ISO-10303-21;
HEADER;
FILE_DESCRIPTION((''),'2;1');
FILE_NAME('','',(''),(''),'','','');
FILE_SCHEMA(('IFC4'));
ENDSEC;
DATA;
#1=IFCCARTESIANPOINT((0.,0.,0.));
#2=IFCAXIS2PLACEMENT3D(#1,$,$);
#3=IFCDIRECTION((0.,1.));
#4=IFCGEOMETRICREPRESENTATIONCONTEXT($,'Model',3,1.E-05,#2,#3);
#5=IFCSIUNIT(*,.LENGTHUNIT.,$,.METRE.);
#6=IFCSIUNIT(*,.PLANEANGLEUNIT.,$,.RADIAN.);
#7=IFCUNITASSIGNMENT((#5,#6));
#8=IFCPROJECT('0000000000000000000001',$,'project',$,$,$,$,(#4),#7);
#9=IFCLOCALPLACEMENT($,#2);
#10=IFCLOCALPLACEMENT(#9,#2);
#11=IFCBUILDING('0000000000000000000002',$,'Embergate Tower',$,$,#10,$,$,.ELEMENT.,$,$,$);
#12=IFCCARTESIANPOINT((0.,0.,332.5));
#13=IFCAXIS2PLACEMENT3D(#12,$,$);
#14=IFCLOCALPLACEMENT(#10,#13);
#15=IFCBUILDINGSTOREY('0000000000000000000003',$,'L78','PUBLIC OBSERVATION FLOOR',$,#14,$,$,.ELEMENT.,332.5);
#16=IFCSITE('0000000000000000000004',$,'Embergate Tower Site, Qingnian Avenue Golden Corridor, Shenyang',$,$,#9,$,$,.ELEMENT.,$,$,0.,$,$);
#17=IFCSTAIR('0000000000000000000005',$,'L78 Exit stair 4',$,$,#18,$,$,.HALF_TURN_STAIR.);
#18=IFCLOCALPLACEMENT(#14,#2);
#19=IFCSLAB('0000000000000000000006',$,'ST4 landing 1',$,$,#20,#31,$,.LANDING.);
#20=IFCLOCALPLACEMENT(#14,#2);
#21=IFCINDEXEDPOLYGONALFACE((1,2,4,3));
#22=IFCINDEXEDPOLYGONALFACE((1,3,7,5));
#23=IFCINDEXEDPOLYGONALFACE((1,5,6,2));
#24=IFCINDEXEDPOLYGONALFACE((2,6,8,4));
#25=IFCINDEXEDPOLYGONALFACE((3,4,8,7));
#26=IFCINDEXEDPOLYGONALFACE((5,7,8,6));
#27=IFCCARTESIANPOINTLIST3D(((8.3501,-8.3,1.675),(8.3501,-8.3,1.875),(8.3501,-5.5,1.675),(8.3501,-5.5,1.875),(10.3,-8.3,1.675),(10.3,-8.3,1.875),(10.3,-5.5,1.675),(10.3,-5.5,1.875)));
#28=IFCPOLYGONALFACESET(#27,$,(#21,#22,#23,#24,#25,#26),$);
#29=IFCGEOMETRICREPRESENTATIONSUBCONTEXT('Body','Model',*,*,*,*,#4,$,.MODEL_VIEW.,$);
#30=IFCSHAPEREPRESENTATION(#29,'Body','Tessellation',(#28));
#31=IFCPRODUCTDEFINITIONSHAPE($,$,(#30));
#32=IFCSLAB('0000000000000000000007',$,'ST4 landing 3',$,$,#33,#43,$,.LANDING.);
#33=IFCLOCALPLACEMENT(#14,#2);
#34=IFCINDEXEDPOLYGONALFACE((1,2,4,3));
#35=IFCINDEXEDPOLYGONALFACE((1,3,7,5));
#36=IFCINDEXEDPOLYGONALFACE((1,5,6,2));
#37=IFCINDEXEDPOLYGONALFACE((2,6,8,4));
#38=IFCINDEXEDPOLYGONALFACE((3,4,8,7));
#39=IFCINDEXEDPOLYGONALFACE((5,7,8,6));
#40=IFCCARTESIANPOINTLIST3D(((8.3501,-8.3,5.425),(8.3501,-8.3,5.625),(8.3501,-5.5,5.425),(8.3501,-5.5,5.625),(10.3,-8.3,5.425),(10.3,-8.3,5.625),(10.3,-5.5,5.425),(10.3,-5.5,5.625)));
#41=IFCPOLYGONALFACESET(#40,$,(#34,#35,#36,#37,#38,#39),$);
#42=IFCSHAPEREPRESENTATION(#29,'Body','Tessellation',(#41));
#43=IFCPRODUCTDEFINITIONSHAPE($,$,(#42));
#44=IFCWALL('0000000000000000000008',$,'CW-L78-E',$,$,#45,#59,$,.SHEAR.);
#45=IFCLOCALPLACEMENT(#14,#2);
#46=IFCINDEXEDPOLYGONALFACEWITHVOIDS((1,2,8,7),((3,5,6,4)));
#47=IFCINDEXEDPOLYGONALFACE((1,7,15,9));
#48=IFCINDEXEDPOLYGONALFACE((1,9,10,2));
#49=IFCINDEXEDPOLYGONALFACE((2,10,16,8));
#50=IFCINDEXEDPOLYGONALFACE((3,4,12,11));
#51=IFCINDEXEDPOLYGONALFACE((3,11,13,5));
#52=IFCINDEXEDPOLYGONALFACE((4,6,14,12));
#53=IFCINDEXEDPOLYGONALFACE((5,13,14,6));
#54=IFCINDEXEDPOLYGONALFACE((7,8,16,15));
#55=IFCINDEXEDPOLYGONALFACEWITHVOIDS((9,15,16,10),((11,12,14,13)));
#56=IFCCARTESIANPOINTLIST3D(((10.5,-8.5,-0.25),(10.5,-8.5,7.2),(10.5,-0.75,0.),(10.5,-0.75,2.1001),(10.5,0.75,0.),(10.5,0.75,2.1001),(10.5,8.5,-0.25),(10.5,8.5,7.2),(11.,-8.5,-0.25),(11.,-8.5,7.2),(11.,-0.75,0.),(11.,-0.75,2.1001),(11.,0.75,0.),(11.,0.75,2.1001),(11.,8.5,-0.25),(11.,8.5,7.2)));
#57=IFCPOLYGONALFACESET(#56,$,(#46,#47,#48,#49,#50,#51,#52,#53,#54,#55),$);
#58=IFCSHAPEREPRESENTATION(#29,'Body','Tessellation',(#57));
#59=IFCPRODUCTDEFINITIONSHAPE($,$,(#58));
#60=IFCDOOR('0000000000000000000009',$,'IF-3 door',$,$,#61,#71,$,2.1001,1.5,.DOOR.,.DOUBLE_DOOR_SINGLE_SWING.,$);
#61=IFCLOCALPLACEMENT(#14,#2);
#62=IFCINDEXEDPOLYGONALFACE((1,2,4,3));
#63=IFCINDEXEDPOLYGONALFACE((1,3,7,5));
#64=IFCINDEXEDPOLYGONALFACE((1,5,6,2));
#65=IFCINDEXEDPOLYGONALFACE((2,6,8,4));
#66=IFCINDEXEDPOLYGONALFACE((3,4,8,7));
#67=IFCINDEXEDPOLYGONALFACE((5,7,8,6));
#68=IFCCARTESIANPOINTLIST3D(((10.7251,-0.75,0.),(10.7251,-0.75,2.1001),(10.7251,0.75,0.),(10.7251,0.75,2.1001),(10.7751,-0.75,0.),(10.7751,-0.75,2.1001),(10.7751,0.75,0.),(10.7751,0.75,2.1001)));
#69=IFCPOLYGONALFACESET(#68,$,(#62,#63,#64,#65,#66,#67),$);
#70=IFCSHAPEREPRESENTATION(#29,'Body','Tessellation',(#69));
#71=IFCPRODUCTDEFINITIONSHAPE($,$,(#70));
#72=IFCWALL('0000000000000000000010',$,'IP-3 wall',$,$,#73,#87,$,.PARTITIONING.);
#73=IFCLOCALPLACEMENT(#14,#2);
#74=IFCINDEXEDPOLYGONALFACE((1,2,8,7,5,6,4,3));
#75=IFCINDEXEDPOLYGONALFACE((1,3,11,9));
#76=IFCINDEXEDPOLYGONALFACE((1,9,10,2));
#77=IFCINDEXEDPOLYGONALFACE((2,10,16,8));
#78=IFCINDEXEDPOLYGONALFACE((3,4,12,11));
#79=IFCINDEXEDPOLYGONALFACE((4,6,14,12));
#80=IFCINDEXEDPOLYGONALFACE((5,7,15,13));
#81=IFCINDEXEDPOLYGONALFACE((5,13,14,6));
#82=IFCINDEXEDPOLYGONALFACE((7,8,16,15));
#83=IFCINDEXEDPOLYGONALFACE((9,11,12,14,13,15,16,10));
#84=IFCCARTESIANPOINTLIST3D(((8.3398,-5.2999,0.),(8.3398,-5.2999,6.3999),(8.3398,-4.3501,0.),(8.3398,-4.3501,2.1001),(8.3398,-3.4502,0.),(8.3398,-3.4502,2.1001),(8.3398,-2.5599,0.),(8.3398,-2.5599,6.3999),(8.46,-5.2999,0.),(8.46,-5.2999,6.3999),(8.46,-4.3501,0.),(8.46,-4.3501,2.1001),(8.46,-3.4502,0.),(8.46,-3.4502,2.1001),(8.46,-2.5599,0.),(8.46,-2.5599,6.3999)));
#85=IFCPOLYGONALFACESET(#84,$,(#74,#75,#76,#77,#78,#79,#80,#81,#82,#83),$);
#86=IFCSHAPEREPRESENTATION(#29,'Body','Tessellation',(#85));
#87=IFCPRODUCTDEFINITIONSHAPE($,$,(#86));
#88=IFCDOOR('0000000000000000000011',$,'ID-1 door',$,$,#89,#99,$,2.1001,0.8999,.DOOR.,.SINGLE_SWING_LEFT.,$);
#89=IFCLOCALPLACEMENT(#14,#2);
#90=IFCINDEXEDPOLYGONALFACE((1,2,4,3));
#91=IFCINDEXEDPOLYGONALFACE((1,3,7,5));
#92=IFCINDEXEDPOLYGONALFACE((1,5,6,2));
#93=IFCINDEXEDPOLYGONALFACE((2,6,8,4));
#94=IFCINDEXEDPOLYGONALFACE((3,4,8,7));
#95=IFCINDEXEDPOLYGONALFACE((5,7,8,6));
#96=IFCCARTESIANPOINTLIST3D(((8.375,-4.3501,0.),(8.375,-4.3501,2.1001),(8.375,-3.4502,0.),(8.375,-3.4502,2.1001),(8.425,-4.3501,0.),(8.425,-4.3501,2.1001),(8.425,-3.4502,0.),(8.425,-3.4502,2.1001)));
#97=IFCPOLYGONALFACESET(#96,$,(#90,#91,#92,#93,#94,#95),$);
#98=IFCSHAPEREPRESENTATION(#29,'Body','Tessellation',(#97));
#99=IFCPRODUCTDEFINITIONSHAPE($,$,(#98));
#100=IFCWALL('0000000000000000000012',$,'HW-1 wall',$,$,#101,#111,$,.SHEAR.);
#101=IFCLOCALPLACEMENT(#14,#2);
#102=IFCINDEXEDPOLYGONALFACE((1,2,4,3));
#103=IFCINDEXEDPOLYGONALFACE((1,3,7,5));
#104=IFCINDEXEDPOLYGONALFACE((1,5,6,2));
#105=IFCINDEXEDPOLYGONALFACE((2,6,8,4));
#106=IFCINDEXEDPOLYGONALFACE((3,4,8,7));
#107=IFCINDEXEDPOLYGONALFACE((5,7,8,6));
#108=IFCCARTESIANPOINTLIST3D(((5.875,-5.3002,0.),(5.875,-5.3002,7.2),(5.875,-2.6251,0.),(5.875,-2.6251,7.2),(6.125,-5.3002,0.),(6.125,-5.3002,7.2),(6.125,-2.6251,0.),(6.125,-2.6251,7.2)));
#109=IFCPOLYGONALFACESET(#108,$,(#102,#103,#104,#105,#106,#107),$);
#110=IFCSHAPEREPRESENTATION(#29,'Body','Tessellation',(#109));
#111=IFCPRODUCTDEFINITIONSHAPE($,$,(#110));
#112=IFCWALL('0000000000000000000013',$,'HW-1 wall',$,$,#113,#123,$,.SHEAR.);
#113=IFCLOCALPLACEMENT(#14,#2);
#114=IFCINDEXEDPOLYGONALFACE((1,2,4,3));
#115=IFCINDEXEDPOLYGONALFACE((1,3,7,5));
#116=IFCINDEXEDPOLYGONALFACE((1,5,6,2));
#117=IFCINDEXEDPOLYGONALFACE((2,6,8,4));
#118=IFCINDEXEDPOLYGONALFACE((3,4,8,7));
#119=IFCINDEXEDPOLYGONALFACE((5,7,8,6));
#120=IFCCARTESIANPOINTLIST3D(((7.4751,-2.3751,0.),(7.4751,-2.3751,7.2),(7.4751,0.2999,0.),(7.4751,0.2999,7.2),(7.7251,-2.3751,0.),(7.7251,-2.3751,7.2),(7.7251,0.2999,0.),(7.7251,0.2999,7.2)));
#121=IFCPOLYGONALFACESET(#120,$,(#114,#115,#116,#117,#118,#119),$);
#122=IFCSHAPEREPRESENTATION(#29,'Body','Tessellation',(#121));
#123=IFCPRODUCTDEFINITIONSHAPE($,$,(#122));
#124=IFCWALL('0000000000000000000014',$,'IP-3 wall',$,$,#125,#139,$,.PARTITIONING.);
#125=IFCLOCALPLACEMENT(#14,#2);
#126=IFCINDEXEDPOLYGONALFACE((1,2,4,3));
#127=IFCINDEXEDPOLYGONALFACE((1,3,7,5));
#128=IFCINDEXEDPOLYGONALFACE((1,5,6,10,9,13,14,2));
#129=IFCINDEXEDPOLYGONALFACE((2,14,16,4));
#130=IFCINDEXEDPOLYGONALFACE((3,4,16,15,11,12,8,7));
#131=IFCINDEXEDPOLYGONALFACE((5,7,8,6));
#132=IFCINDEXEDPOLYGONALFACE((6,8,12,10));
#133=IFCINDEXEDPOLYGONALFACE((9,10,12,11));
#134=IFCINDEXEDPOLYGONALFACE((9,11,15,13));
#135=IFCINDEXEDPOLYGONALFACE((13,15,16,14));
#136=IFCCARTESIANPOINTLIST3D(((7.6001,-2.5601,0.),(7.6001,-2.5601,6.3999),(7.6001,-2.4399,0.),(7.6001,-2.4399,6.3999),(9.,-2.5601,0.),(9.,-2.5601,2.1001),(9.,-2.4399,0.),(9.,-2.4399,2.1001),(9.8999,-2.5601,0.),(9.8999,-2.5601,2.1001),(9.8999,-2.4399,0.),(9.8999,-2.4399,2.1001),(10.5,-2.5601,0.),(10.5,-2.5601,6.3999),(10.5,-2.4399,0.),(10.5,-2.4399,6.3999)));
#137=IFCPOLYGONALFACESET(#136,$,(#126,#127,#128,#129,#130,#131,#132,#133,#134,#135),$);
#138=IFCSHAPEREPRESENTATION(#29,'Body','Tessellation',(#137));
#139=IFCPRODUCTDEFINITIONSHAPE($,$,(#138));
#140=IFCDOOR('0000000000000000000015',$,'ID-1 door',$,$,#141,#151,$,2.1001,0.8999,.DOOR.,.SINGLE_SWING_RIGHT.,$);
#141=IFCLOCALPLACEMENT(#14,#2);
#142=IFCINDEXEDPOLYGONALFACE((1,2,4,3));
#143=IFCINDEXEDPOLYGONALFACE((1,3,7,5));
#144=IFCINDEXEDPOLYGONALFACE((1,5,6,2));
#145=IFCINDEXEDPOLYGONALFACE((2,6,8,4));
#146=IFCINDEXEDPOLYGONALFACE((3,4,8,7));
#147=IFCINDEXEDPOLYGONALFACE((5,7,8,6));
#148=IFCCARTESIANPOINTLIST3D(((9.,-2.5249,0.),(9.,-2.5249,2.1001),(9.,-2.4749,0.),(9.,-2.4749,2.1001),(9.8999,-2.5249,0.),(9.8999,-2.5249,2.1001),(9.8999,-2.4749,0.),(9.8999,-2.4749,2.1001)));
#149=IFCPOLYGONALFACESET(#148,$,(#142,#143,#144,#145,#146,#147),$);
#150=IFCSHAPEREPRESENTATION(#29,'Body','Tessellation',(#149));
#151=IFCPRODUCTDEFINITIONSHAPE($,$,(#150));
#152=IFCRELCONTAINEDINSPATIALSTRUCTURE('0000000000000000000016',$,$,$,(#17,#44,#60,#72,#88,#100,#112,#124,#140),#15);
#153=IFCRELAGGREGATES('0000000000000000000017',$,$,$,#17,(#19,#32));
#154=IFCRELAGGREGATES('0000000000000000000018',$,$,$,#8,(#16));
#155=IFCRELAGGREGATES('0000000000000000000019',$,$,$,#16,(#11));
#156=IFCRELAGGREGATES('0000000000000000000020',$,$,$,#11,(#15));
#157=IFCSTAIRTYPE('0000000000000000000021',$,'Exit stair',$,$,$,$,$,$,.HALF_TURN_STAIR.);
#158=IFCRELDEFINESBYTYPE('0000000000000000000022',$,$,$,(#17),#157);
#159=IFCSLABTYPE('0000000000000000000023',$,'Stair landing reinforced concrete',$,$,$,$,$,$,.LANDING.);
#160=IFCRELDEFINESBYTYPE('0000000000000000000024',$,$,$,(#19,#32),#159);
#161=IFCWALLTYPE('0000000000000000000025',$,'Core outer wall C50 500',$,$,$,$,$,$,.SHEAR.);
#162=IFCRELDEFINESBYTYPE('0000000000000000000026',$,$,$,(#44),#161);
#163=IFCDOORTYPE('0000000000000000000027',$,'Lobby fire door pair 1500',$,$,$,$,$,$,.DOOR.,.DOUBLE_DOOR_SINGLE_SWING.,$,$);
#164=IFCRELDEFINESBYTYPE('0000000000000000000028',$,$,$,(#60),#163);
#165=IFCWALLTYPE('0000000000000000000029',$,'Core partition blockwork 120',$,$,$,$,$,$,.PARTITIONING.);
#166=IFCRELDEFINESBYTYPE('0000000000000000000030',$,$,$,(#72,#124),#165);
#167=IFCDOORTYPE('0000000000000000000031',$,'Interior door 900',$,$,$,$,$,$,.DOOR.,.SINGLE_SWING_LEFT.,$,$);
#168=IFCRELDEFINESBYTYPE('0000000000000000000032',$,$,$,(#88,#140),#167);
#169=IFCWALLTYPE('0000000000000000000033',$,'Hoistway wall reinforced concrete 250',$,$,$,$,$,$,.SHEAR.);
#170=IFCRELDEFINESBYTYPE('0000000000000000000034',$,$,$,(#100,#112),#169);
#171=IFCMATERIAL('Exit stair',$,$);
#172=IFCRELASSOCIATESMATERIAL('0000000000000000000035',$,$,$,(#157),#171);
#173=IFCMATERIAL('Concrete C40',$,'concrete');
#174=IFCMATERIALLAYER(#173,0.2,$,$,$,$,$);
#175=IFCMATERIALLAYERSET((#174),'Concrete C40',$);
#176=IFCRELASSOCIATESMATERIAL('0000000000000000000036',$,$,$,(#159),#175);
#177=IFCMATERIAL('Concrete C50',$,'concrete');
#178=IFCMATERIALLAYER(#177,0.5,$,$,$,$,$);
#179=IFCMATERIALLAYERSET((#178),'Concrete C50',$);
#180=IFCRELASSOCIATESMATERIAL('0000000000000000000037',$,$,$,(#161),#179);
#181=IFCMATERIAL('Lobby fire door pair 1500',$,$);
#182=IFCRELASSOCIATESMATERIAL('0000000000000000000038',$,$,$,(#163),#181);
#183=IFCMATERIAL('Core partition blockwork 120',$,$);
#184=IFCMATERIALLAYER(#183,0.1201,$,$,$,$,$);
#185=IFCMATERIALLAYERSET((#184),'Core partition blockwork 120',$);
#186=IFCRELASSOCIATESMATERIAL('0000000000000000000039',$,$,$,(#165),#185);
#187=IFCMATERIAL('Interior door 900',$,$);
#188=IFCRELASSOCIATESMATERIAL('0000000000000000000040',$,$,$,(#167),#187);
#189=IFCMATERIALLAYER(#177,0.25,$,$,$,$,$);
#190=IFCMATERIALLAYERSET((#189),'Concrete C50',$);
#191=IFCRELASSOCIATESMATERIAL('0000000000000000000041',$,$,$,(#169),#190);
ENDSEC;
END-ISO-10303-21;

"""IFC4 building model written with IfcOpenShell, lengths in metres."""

from ifc_helpers import new_model, si_unit, direction, frame, frame_2d, origin, place, context, subcontext, project, spatial, polyline, rectangle, outline, extrude, source, transform, mapped, material, layer, layer_set, type_object, element, fill, aggregate, save


model = new_model("IFC4")

# Units and contexts
model_context = context("Model", 3, precision=1e-05, world=origin(), true_north=direction((0.0, 1.0)))
body_context = subcontext(model_context, "Body", "Model", "MODEL_VIEW")
ifc_project = project(units=[si_unit("LENGTHUNIT", "METRE"), si_unit("PLANEANGLEUNIT", "RADIAN")], contexts=[model_context])

# Site, building, storey
site_placement = place(None, origin())
site = spatial("IfcSite", under=ifc_project, at=site_placement, Name="Embergate Tower Site, Qingnian Avenue Golden Corridor, Shenyang", CompositionType="ELEMENT", RefElevation=0.0)
building_placement = place(site_placement, origin())
building = spatial("IfcBuilding", under=site, at=building_placement, Name="Embergate Tower", CompositionType="ELEMENT")
storey_placement = place(building_placement, frame((0.0, 0.0, 332.5)))
storey = spatial("IfcBuildingStorey", under=building, at=storey_placement, Name="L78", Description="PUBLIC OBSERVATION FLOOR", CompositionType="ELEMENT", Elevation=332.5)

# Stair, slabs
ifc_material_1 = material(Name="Exit stair")
stair_type = type_object("IfcStairType", Name="Exit stair", PredefinedType="HALF_TURN_STAIR", material=ifc_material_1)
stair_placement = place(storey_placement, origin())
stair = element("IfcStair", 1, at=stair_placement, inside=storey, type_object=stair_type, Name="L78 Exit stair 4", PredefinedType="HALF_TURN_STAIR")
ifc_material_2 = material(Name="Concrete C40", Category="concrete")
ifc_layer_1 = layer(ifc_material_2, 0.2)
ifc_layer_set_1 = layer_set([ifc_layer_1], Name="Concrete C40")
slab_type = type_object("IfcSlabType", Name="Stair landing reinforced concrete", PredefinedType="LANDING", material=ifc_layer_set_1)
shared_shape_1 = source(origin(), body_context, "Body", "SweptSolid", [
    extrude(outline(polyline([(0.0, 0.0), (1.95, 0.0), (1.95, 2.8), (0.0, 2.8), (0.0, 0.0)])), origin(), (0.0, 0.0, 1.0), 0.2),
])
slab_1_placement = place(storey_placement, frame((8.3501, -8.3, 1.675)))
slab_1 = element("IfcSlab", 2, at=slab_1_placement, type_object=slab_type, Name="ST4 landing 1", PredefinedType="LANDING", context=body_context, shape_type="MappedRepresentation", body=[
    mapped(shared_shape_1, transform((0.0, 0.0, 0.0))),
])
slab_2_placement = place(storey_placement, frame((8.3501, -8.3, 5.425)))
slab_2 = element("IfcSlab", 3, at=slab_2_placement, type_object=slab_type, Name="ST4 landing 3", PredefinedType="LANDING", context=body_context, shape_type="MappedRepresentation", body=[
    mapped(shared_shape_1, transform((0.0, 0.0, 0.0))),
])

# Walls, openings, doors
ifc_material_3 = material(Name="Concrete C50", Category="concrete")
ifc_layer_2 = layer(ifc_material_3, 0.5)
ifc_layer_set_2 = layer_set([ifc_layer_2], Name="Concrete C50")
wall_type_1 = type_object("IfcWallType", Name="Core outer wall C50 500", PredefinedType="SHEAR", material=ifc_layer_set_2)
shared_shape_2 = source(origin(), body_context, "Body", "SweptSolid", [
    extrude(rectangle(XDim=17.0, YDim=0.5, at=frame_2d((8.5, 0.0))), origin(), (0.0, 0.0, 1.0), 7.45),
])
wall_1_placement = place(storey_placement, frame((10.75, -8.5, -0.25), z_axis=(0.0, 0.0, 1.0), x_axis=(0.0, 1.0, 0.0)))
wall_1 = element("IfcWall", 4, at=wall_1_placement, inside=storey, type_object=wall_type_1, Name="CW-L78-E", PredefinedType="SHEAR", context=body_context, shape_type="MappedRepresentation", body=[
    mapped(shared_shape_2, transform((0.0, 0.0, 0.0))),
])
shared_shape_3 = source(origin(), body_context, "Body", "SweptSolid", [
    extrude(rectangle(XDim=1.5, YDim=2.1001, at=frame_2d((0.75, 1.05))), frame((0.0, 0.26, 0.0), z_axis=(0.0, -1.0, 0.0), x_axis=(1.0, 0.0, 0.0)), (0.0, 0.0, 1.0), 0.52),
])
opening_1_placement = place(wall_1_placement, frame((7.75, 0.0, 0.25)))
opening_1 = element("IfcOpeningElement", 5, at=opening_1_placement, cuts=wall_1, PredefinedType="OPENING", context=body_context, shape_type="MappedRepresentation", body=[
    mapped(shared_shape_3, transform((0.0, 0.0, 0.0))),
])
ifc_material_4 = material(Name="Lobby fire door pair 1500")
door_type_1 = type_object("IfcDoorType", Name="Lobby fire door pair 1500", OperationType="DOUBLE_DOOR_SINGLE_SWING", PredefinedType="DOOR", material=ifc_material_4)
shared_shape_4 = source(origin(), body_context, "Body", "SweptSolid", [
    extrude(rectangle(XDim=1.5, YDim=2.1001, at=frame_2d((0.75, 1.05))), frame((0.0, 0.0249, 0.0), z_axis=(0.0, -1.0, 0.0), x_axis=(1.0, 0.0, 0.0)), (0.0, 0.0, 1.0), 0.05),
])
door_1_placement = place(opening_1_placement, origin())
door_1 = element("IfcDoor", 6, at=door_1_placement, inside=storey, type_object=door_type_1, Name="IF-3 door", OperationType="DOUBLE_DOOR_SINGLE_SWING", OverallHeight=2.1001, OverallWidth=1.5, PredefinedType="DOOR", context=body_context, shape_type="MappedRepresentation", body=[
    mapped(shared_shape_4, transform((0.0, 0.0, 0.0))),
])
fill(opening_1, door_1)
ifc_material_5 = material(Name="Core partition blockwork 120")
ifc_layer_3 = layer(ifc_material_5, 0.1201)
ifc_layer_set_3 = layer_set([ifc_layer_3], Name="Core partition blockwork 120")
wall_type_2 = type_object("IfcWallType", Name="Core partition blockwork 120", PredefinedType="PARTITIONING", material=ifc_layer_set_3)
shared_shape_5 = source(origin(), body_context, "Body", "SweptSolid", [
    extrude(rectangle(XDim=2.74, YDim=0.1201, at=frame_2d((1.3701, 0.0))), origin(), (0.0, 0.0, 1.0), 6.3999),
])
wall_2_placement = place(storey_placement, frame((8.3999, -5.3, 0.0), z_axis=(0.0, 0.0, 1.0), x_axis=(0.0, 1.0, 0.0)))
wall_2 = element("IfcWall", 7, at=wall_2_placement, inside=storey, type_object=wall_type_2, Name="IP-3 wall", PredefinedType="PARTITIONING", context=body_context, shape_type="MappedRepresentation", body=[
    mapped(shared_shape_5, transform((0.0, 0.0, 0.0))),
])
shared_shape_6 = source(origin(), body_context, "Body", "SweptSolid", [
    extrude(rectangle(XDim=0.8999, YDim=2.1001, at=frame_2d((0.45, 1.05))), frame((0.0, 0.0701, 0.0), z_axis=(0.0, -1.0, 0.0), x_axis=(1.0, 0.0, 0.0)), (0.0, 0.0, 1.0), 0.1401),
])
opening_2_placement = place(wall_2_placement, frame((0.95, 0.0, 0.0)))
opening_2 = element("IfcOpeningElement", 8, at=opening_2_placement, cuts=wall_2, PredefinedType="OPENING", context=body_context, shape_type="MappedRepresentation", body=[
    mapped(shared_shape_6, transform((0.0, 0.0, 0.0))),
])
ifc_material_6 = material(Name="Interior door 900")
door_type_2 = type_object("IfcDoorType", Name="Interior door 900", OperationType="SINGLE_SWING_LEFT", PredefinedType="DOOR", material=ifc_material_6)
shared_shape_7 = source(origin(), body_context, "Body", "SweptSolid", [
    extrude(rectangle(XDim=0.8999, YDim=2.1001, at=frame_2d((0.45, 1.05))), frame((0.0, 0.0249, 0.0), z_axis=(0.0, -1.0, 0.0), x_axis=(1.0, 0.0, 0.0)), (0.0, 0.0, 1.0), 0.05),
])
door_2_placement = place(opening_2_placement, origin())
door_2 = element("IfcDoor", 9, at=door_2_placement, inside=storey, type_object=door_type_2, Name="ID-1 door", OperationType="SINGLE_SWING_LEFT", OverallHeight=2.1001, OverallWidth=0.8999, PredefinedType="DOOR", context=body_context, shape_type="MappedRepresentation", body=[
    mapped(shared_shape_7, transform((0.0, 0.0, 0.0))),
])
fill(opening_2, door_2)

# Walls
ifc_layer_4 = layer(ifc_material_3, 0.25)
ifc_layer_set_4 = layer_set([ifc_layer_4], Name="Concrete C50")
wall_type_3 = type_object("IfcWallType", Name="Hoistway wall reinforced concrete 250", PredefinedType="SHEAR", material=ifc_layer_set_4)
shared_shape_8 = source(origin(), body_context, "Body", "SweptSolid", [
    extrude(rectangle(XDim=2.675, YDim=0.25, at=frame_2d((1.3374, 0.0))), origin(), (0.0, 0.0, 1.0), 7.2),
])
for number, where, z_axis, x_axis, name in (
    (10, (6.0, -5.3, 0.0), (0.0, 0.0, 1.0), (0.0, 1.0, 0.0), "HW-1 wall"),
    (11, (7.6001, -2.375, 0.0), (0.0, 0.0, 1.0), (0.0, 1.0, 0.0), "HW-1 wall"),
):
    element("IfcWall", number, at=place(storey_placement, frame(where, z_axis=z_axis, x_axis=x_axis)), inside=storey, type_object=wall_type_3, Name=name, PredefinedType="SHEAR", context=body_context, shape_type="MappedRepresentation", body=[
        mapped(shared_shape_8, transform((0.0, 0.0, 0.0))),
    ])

# Wall, opening, door
shared_shape_9 = source(origin(), body_context, "Body", "SweptSolid", [
    extrude(rectangle(XDim=2.8999, YDim=0.1201, at=frame_2d((1.45, 0.0))), origin(), (0.0, 0.0, 1.0), 6.3999),
])
wall_3_placement = place(storey_placement, frame((10.5, -2.5, 0.0), z_axis=(0.0, 0.0, 1.0), x_axis=(-1.0, 0.0, 0.0)))
wall_3 = element("IfcWall", 12, at=wall_3_placement, inside=storey, type_object=wall_type_2, Name="IP-3 wall", PredefinedType="PARTITIONING", context=body_context, shape_type="MappedRepresentation", body=[
    mapped(shared_shape_9, transform((0.0, 0.0, 0.0))),
])
opening_3_placement = place(wall_3_placement, frame((0.6001, 0.0, 0.0)))
opening_3 = element("IfcOpeningElement", 13, at=opening_3_placement, cuts=wall_3, PredefinedType="OPENING", context=body_context, shape_type="MappedRepresentation", body=[
    mapped(shared_shape_6, transform((0.0, 0.0, 0.0))),
])
door_3_placement = place(opening_3_placement, origin())
door_3 = element("IfcDoor", 14, at=door_3_placement, inside=storey, type_object=door_type_2, Name="ID-1 door", OperationType="SINGLE_SWING_RIGHT", OverallHeight=2.1001, OverallWidth=0.8999, PredefinedType="DOOR", context=body_context, shape_type="MappedRepresentation", body=[
    mapped(shared_shape_7, transform((0.0, 0.0, 0.0))),
])
fill(opening_3, door_3)

aggregate(stair, [slab_1, slab_2])

save(model, "model.ifc")
